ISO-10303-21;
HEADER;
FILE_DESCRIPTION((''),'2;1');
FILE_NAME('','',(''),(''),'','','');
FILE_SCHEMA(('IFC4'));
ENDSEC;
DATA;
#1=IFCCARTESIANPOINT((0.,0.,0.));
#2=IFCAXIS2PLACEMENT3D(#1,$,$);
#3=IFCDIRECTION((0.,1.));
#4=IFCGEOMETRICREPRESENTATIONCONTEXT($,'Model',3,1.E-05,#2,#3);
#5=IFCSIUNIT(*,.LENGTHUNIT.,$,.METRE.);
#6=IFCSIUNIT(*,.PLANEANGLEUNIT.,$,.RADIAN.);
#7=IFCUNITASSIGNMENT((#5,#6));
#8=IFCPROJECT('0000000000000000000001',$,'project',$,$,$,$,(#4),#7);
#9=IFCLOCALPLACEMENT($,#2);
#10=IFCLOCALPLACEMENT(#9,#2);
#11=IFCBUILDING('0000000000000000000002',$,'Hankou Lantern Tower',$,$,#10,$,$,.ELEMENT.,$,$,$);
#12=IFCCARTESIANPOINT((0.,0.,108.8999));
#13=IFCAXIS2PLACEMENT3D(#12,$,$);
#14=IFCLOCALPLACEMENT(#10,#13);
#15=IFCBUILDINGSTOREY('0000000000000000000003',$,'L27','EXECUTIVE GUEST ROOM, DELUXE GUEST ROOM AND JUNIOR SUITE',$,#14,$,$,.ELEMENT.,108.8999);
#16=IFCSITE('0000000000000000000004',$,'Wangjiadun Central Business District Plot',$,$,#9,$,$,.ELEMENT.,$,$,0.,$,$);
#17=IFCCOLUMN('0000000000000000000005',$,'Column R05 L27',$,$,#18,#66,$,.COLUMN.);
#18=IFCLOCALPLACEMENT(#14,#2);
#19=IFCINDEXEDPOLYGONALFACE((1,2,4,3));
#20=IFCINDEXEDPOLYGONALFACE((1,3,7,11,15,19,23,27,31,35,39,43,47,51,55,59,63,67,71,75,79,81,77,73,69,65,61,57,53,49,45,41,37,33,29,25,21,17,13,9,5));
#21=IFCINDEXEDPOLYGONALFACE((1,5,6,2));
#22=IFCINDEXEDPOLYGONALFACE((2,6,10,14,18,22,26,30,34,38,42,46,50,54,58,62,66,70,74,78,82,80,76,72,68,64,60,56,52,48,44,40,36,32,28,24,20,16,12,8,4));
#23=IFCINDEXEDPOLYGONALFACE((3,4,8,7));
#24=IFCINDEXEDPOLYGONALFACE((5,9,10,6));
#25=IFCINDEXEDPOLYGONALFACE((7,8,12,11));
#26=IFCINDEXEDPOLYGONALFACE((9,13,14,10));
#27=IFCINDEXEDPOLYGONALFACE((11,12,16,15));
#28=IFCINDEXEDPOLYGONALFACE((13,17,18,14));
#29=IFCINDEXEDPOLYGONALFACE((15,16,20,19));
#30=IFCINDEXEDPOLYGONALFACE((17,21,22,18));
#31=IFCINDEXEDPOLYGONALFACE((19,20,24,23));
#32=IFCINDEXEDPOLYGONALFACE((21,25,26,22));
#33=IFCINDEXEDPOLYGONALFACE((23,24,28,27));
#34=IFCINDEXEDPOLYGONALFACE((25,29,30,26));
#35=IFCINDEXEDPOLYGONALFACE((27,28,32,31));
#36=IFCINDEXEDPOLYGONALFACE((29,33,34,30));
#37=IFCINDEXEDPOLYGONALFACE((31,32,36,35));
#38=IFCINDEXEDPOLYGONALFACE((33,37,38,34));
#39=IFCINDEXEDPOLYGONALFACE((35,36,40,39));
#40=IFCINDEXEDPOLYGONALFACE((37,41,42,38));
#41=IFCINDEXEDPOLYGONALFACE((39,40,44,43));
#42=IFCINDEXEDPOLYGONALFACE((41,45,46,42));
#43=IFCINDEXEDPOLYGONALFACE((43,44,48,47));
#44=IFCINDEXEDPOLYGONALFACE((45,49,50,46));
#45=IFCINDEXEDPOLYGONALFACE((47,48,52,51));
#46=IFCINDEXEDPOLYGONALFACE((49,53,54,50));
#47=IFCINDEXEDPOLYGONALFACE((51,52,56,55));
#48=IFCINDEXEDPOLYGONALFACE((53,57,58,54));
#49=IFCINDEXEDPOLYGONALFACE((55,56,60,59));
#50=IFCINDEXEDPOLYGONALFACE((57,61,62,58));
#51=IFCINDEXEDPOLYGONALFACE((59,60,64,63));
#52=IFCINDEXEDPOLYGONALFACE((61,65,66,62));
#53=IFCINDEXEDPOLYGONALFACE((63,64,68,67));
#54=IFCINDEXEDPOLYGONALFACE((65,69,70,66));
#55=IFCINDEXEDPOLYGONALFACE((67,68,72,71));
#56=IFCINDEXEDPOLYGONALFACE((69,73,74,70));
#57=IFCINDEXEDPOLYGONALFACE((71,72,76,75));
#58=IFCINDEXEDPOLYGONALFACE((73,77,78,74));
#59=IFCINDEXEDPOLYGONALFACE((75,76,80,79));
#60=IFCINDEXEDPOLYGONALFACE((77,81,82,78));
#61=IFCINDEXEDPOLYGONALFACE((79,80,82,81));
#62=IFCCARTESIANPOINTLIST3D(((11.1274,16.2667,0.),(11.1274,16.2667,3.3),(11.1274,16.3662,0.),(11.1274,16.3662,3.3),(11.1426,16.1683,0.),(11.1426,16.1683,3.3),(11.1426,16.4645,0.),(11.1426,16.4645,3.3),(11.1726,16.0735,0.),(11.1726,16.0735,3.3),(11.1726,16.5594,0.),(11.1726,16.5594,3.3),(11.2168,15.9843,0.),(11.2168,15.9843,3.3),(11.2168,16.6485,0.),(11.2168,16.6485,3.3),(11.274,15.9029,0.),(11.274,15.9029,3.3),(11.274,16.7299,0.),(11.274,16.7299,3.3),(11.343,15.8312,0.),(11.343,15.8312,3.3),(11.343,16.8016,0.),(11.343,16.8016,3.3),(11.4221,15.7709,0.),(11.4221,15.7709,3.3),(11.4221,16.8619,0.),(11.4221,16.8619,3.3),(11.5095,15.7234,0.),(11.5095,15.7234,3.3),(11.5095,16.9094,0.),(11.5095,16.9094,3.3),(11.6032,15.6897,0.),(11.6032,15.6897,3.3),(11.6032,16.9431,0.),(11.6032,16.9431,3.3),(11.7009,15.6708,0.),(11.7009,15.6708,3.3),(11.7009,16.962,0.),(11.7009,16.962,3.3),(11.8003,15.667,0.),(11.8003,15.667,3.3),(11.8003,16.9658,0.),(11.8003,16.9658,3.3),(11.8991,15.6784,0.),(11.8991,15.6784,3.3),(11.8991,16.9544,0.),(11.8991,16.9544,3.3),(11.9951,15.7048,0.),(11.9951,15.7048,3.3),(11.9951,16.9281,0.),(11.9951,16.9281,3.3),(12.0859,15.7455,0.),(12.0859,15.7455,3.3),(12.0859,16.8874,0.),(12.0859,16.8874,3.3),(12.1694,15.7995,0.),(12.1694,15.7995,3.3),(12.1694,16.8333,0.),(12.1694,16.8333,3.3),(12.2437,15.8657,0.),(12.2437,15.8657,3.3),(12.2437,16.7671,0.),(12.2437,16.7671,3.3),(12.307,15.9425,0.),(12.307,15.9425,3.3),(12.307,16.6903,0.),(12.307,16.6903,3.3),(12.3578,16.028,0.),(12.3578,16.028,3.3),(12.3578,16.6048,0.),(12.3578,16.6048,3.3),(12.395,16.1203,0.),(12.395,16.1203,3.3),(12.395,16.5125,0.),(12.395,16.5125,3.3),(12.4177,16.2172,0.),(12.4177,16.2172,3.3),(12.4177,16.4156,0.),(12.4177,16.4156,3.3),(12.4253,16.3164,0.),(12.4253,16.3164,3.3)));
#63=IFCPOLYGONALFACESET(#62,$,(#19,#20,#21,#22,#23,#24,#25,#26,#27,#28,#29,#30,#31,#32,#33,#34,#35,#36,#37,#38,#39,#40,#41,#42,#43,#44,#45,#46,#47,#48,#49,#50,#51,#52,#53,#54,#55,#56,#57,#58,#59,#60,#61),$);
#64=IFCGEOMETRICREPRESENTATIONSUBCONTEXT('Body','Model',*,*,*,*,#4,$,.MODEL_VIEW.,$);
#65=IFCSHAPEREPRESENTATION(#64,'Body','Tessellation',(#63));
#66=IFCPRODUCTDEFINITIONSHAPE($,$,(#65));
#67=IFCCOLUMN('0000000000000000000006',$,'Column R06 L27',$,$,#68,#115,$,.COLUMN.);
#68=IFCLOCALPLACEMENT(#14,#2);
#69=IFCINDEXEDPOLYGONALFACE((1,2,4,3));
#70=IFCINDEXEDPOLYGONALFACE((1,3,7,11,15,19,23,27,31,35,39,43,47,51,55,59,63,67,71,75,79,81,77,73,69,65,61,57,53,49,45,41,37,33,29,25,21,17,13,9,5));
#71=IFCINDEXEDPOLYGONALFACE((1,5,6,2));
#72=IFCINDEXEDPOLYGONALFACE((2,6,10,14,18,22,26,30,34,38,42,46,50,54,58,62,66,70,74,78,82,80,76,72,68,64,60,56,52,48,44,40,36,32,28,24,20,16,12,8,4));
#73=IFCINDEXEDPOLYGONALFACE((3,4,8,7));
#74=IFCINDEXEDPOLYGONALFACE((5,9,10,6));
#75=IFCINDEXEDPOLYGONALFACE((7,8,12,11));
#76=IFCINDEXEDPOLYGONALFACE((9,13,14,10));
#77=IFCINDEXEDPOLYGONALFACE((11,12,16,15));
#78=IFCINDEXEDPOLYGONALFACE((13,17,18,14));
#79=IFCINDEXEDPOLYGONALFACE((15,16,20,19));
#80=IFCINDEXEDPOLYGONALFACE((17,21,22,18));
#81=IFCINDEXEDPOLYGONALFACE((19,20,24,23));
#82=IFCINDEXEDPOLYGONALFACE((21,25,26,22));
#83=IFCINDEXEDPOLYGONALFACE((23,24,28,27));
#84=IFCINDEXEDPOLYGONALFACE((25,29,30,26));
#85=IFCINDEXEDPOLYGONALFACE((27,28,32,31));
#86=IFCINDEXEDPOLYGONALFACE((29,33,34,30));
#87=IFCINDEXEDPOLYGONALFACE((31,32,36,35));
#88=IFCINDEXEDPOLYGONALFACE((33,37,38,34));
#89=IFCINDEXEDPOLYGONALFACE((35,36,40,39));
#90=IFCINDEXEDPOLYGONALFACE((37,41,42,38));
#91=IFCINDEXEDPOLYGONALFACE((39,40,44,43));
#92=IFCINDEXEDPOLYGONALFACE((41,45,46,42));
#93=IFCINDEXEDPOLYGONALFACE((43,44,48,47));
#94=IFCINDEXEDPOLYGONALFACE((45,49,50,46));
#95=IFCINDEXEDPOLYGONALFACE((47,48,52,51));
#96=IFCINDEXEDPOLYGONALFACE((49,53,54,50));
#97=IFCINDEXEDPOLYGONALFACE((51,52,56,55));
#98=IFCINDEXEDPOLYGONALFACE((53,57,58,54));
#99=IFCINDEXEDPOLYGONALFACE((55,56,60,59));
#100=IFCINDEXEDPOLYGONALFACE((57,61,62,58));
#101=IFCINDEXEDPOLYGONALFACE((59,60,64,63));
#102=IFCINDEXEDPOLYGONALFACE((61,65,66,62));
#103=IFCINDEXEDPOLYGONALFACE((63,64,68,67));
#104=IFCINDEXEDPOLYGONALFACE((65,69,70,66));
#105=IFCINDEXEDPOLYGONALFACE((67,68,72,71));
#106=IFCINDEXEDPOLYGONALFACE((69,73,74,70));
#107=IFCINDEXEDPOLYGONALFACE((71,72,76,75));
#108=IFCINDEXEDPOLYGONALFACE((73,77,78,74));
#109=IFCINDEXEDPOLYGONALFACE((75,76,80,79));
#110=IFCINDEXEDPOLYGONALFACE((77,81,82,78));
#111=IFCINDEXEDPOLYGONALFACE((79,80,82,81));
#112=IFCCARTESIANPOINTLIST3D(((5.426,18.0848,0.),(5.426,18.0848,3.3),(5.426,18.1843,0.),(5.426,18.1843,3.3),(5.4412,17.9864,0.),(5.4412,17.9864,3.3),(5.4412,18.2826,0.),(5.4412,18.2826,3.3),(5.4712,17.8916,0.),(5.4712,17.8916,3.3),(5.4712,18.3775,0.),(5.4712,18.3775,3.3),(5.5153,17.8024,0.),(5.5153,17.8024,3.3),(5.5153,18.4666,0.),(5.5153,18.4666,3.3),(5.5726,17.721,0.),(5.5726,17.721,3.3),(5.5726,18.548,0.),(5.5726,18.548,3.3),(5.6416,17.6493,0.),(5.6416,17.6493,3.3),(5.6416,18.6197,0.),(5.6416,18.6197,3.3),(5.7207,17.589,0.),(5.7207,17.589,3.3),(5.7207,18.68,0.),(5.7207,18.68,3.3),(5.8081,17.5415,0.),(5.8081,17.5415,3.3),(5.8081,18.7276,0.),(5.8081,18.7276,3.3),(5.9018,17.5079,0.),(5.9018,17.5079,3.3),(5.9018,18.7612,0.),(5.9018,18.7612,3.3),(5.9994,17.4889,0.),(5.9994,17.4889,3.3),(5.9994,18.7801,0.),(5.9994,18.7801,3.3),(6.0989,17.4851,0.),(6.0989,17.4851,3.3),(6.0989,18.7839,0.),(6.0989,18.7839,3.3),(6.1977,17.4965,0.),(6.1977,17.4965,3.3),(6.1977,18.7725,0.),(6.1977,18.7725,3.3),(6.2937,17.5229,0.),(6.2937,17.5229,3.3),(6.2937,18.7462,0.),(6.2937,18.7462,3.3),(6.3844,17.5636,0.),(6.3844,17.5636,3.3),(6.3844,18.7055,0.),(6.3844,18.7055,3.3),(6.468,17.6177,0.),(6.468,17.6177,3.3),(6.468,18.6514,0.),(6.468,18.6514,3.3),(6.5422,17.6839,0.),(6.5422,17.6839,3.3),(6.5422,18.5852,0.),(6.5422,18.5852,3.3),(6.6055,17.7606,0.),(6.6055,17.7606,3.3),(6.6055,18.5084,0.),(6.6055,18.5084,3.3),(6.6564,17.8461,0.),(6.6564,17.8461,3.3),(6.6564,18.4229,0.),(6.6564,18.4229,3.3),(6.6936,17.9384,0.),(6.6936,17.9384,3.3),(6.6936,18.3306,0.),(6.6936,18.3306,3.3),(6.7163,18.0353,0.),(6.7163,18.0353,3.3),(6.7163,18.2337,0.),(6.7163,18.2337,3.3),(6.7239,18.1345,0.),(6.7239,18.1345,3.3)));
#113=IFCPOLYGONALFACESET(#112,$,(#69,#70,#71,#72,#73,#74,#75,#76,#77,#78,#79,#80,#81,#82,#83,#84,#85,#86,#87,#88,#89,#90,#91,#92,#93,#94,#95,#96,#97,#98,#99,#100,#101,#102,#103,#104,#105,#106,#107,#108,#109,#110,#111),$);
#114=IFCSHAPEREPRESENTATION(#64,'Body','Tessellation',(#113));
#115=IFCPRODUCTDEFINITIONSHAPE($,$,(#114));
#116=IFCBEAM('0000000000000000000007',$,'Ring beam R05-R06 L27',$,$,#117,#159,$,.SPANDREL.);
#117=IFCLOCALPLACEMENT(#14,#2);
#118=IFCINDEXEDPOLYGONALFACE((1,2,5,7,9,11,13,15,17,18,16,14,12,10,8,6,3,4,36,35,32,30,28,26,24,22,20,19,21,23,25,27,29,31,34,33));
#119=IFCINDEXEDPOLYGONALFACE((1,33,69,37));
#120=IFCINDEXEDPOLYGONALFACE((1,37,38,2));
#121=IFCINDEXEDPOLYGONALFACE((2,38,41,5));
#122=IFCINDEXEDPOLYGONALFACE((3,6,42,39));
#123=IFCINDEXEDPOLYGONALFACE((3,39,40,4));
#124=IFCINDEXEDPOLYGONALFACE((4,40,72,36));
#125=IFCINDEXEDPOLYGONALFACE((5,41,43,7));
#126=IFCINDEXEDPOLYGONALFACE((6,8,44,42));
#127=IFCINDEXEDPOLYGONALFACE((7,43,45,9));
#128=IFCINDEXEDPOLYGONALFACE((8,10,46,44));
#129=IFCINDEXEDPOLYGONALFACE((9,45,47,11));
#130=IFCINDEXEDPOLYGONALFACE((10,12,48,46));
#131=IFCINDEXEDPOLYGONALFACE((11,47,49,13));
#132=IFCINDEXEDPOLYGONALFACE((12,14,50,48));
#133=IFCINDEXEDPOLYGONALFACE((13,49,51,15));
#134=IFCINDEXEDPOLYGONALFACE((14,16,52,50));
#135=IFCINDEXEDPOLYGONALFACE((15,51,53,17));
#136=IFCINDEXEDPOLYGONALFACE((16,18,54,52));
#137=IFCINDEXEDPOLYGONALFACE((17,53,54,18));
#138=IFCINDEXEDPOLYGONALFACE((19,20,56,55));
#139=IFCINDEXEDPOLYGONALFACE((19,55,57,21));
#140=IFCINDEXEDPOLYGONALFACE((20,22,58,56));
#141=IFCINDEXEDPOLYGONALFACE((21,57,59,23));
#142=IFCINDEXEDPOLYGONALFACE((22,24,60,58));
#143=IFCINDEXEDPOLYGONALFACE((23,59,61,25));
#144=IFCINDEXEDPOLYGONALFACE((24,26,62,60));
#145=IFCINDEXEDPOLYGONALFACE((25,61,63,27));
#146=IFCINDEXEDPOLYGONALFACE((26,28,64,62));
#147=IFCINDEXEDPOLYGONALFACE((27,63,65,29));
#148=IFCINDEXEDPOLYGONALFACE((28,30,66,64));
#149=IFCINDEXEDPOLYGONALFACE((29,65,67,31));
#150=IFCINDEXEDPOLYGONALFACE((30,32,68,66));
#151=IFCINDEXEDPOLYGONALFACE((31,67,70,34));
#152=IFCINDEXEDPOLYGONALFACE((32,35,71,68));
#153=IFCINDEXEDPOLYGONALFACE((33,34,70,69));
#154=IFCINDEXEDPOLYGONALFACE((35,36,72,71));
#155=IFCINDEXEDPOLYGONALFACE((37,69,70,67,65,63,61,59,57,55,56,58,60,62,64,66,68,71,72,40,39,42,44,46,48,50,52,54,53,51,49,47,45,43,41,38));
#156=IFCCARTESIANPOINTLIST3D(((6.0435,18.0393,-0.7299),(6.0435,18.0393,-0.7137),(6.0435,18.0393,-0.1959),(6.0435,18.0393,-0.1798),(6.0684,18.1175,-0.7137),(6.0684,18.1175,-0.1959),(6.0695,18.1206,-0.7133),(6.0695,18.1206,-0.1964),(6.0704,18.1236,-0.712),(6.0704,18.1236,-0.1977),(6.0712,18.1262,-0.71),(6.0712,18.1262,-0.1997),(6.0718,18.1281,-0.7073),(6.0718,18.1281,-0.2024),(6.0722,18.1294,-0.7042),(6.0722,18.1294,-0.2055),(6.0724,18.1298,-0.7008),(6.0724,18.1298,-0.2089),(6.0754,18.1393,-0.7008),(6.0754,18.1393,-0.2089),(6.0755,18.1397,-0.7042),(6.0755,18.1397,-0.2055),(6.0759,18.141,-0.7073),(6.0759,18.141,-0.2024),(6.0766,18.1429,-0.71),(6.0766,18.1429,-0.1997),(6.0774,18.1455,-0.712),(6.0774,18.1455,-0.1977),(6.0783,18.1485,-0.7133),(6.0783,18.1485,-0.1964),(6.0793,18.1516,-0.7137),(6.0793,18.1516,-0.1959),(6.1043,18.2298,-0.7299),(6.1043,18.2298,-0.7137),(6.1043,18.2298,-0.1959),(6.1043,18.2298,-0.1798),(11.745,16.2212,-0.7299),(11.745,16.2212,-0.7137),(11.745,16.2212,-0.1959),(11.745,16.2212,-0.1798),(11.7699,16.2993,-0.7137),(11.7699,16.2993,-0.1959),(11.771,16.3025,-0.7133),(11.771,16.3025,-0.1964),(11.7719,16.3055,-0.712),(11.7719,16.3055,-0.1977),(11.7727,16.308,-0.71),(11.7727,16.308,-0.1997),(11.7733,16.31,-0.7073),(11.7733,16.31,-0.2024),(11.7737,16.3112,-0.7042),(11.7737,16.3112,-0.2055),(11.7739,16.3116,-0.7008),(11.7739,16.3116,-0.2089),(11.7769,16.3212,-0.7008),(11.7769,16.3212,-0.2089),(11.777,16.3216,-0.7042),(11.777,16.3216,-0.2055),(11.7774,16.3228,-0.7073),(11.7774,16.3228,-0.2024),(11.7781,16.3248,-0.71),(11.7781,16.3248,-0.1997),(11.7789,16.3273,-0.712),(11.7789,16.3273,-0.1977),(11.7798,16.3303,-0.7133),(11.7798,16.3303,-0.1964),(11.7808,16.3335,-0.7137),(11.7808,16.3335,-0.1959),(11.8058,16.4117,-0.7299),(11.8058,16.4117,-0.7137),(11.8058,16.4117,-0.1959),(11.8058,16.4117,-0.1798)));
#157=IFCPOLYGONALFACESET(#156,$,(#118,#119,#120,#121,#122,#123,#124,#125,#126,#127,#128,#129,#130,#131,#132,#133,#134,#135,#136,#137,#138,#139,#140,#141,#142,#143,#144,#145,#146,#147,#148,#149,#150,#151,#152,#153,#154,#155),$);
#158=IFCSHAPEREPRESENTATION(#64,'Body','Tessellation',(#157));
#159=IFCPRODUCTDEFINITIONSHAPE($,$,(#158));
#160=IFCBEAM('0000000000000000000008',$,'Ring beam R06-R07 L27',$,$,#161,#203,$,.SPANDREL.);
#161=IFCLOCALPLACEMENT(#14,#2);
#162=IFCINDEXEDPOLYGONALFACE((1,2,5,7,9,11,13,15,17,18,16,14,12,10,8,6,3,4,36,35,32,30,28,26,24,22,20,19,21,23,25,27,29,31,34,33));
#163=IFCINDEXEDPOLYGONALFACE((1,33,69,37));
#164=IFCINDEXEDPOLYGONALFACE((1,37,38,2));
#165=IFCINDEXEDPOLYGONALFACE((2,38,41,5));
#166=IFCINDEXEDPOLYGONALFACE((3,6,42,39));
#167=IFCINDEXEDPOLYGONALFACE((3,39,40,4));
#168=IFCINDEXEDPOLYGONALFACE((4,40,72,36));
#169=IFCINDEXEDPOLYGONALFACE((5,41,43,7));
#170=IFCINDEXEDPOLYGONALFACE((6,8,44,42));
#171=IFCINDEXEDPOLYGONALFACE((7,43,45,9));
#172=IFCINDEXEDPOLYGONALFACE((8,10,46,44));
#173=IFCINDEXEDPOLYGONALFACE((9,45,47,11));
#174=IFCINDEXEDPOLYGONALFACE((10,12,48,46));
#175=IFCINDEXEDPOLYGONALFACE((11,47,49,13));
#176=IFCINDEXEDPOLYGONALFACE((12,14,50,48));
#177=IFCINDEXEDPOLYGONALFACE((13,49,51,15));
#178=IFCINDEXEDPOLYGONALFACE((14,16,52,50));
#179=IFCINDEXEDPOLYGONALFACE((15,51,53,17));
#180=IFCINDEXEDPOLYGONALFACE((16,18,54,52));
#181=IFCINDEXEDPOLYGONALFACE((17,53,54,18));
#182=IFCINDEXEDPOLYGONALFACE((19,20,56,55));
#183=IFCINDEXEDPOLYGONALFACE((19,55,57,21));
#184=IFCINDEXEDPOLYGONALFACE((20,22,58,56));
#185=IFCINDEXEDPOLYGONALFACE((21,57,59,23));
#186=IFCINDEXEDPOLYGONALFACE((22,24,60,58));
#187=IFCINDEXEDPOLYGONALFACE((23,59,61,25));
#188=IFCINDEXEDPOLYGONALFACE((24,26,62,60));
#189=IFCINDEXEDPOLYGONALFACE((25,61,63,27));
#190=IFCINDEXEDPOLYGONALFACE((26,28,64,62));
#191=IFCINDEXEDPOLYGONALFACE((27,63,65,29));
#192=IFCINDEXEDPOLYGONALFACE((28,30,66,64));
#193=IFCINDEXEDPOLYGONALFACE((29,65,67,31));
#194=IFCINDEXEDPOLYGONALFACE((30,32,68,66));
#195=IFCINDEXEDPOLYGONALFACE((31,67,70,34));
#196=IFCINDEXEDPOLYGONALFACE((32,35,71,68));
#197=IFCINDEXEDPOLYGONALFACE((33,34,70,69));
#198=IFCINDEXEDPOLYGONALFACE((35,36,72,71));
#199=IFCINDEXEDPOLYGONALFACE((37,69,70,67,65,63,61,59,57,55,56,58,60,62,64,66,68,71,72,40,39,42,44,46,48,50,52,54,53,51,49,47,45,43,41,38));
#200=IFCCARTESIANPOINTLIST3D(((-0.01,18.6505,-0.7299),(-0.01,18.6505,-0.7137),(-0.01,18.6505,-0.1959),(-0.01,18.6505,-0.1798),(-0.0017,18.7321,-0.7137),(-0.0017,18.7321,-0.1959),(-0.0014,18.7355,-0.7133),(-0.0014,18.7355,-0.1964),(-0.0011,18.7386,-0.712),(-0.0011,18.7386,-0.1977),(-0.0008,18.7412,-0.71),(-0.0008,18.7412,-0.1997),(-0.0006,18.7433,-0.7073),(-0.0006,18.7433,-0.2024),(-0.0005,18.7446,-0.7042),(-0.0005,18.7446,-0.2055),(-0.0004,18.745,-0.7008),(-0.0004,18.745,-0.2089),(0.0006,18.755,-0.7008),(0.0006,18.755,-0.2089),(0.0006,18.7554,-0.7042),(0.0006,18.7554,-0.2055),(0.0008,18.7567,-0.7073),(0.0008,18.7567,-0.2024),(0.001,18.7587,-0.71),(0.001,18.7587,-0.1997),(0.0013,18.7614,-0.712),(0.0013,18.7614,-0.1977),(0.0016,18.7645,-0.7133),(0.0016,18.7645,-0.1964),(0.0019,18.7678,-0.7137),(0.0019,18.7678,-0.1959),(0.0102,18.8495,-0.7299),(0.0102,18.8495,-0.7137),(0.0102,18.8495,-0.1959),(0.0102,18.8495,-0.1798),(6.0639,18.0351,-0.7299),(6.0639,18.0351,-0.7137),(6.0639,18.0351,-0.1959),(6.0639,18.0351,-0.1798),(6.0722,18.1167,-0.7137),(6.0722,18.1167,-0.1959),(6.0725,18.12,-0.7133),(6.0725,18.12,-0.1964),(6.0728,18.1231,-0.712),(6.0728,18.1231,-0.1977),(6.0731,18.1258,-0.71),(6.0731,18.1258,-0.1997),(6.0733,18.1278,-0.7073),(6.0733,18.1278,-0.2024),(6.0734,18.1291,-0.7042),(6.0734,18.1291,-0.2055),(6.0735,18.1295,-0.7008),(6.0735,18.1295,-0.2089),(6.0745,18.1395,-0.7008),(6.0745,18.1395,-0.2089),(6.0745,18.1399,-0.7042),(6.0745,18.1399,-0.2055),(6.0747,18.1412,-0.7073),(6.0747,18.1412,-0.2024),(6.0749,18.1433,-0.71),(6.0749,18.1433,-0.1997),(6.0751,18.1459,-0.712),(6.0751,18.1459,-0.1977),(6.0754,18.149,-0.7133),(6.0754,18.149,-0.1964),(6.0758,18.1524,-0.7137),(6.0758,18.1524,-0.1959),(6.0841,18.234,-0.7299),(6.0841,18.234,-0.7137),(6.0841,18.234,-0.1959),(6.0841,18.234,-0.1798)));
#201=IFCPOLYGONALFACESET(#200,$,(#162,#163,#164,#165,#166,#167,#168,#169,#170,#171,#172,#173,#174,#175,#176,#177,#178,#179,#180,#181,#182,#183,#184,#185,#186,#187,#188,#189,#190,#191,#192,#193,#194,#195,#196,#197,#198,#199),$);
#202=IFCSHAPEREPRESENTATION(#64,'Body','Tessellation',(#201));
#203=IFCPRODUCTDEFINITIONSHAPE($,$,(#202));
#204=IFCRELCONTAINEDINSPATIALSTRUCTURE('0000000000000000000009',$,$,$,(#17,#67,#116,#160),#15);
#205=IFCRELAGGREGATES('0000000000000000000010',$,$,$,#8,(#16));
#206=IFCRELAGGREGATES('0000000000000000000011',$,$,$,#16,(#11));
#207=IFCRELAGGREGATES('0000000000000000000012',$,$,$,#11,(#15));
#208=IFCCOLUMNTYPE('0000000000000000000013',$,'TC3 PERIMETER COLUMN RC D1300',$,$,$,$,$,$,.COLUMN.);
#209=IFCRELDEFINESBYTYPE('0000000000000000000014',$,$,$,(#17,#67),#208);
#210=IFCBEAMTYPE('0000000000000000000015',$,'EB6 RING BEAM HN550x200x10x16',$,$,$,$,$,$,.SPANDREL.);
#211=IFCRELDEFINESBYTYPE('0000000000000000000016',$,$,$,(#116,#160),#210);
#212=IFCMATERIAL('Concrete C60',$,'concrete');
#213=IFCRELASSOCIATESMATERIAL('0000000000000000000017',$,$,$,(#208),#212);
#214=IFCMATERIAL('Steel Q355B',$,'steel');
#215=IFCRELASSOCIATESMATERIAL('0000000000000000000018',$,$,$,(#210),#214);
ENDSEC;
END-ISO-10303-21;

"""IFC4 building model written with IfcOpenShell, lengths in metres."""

from ifc_helpers import new_model, si_unit, direction, frame, origin, origin_2d, place, context, subcontext, project, spatial, circle, i_section, extrude, material, material_profile, profile_set, type_object, element, save


model = new_model("IFC4")

# Units and contexts
model_context = context("Model", 3, precision=1e-05, world=origin(), true_north=direction((0.0, 1.0)))
body_context = subcontext(model_context, "Body", "Model", "MODEL_VIEW")
ifc_project = project(units=[si_unit("LENGTHUNIT", "METRE"), si_unit("PLANEANGLEUNIT", "RADIAN")], contexts=[model_context])

# Site, building, storey
site_placement = place(None, origin())
site = spatial("IfcSite", under=ifc_project, at=site_placement, Name="Wangjiadun Central Business District Plot", CompositionType="ELEMENT", RefElevation=0.0)
building_placement = place(site_placement, origin())
building = spatial("IfcBuilding", under=site, at=building_placement, Name="Hankou Lantern Tower", CompositionType="ELEMENT")
storey_placement = place(building_placement, frame((0.0, 0.0, 108.8999)))
storey = spatial("IfcBuildingStorey", under=building, at=storey_placement, Name="L27", Description="EXECUTIVE GUEST ROOM, DELUXE GUEST ROOM AND JUNIOR SUITE", CompositionType="ELEMENT", Elevation=108.8999)

# Columns
ifc_material_1 = material(Name="Concrete C60", Category="concrete")
ifc_material_profile_1 = material_profile(ifc_material_1, circle(Radius=0.6499, at=origin_2d()), Name="RC D1300")
ifc_profile_set_1 = profile_set([ifc_material_profile_1], Name="Concrete C60")
column_type = type_object("IfcColumnType", Name="TC3 PERIMETER COLUMN RC D1300", PredefinedType="COLUMN", material=ifc_profile_set_1)
for number, where, z_axis, x_axis, name in (
    (1, (11.7754, 16.3164, 0.0), (0.0, 0.0, 1.0), (1.0, 0.0, 0.0), "Column R05 L27"),
    (2, (6.074, 18.1345, 0.0), (0.0, 0.0, 1.0), (1.0, 0.0, 0.0), "Column R06 L27"),
):
    element("IfcColumn", number, at=place(storey_placement, frame(where, z_axis=z_axis, x_axis=x_axis)), inside=storey, type_object=column_type, Name=name, PredefinedType="COLUMN", context=body_context, shape_type="SweptSolid", body=[
        extrude(circle(Radius=0.6499, at=origin_2d()), origin(), (0.0, 0.0, 1.0), 3.3),
    ])

# Beams
ifc_material_2 = material(Name="Steel Q355B", Category="steel")
ifc_material_profile_2 = material_profile(ifc_material_2, i_section(OverallWidth=0.2, OverallDepth=0.55, WebThickness=0.01, FlangeThickness=0.0161, FilletRadius=0.0129, at=origin_2d()), Name="HN550x200x10x16")
ifc_profile_set_2 = profile_set([ifc_material_profile_2], Name="Steel Q355B")
beam_type_1 = type_object("IfcBeamType", Name="EB6 RING BEAM HN550x200x10x16", PredefinedType="SPANDREL", material=ifc_profile_set_2)
beam_1_placement = place(storey_placement, frame((11.7754, 16.3164, -0.4548), z_axis=(-0.952731, 0.303815, 0.0), x_axis=(-0.303815, -0.952731, 0.0)))
element("IfcBeam", 3, at=beam_1_placement, inside=storey, type_object=beam_type_1, Name="Ring beam R05-R06 L27", PredefinedType="SPANDREL", context=body_context, shape_type="SweptSolid", body=[
    extrude(i_section(OverallWidth=0.2, OverallDepth=0.55, WebThickness=0.01, FlangeThickness=0.0161, FilletRadius=0.0129, at=origin_2d()), origin(), (0.0, 0.0, 1.0), 5.9844),
])
for number, where, z_axis, x_axis, name in (
    (4, (6.074, 18.1345, -0.4548), (-0.994905, 0.100814, 0.0), (-0.100814, -0.994905, 0.0), "Ring beam R06-R07 L27"),
):
    element("IfcBeam", number, at=place(storey_placement, frame(where, z_axis=z_axis, x_axis=x_axis)), inside=storey, type_object=beam_type_1, Name=name, PredefinedType="SPANDREL", context=body_context, shape_type="SweptSolid", body=[
        extrude(i_section(OverallWidth=0.2, OverallDepth=0.55, WebThickness=0.01, FlangeThickness=0.0161, FilletRadius=0.0129, at=origin_2d()), origin(), (0.0, 0.0, 1.0), 6.105),
    ])

save(model, "model.ifc")
